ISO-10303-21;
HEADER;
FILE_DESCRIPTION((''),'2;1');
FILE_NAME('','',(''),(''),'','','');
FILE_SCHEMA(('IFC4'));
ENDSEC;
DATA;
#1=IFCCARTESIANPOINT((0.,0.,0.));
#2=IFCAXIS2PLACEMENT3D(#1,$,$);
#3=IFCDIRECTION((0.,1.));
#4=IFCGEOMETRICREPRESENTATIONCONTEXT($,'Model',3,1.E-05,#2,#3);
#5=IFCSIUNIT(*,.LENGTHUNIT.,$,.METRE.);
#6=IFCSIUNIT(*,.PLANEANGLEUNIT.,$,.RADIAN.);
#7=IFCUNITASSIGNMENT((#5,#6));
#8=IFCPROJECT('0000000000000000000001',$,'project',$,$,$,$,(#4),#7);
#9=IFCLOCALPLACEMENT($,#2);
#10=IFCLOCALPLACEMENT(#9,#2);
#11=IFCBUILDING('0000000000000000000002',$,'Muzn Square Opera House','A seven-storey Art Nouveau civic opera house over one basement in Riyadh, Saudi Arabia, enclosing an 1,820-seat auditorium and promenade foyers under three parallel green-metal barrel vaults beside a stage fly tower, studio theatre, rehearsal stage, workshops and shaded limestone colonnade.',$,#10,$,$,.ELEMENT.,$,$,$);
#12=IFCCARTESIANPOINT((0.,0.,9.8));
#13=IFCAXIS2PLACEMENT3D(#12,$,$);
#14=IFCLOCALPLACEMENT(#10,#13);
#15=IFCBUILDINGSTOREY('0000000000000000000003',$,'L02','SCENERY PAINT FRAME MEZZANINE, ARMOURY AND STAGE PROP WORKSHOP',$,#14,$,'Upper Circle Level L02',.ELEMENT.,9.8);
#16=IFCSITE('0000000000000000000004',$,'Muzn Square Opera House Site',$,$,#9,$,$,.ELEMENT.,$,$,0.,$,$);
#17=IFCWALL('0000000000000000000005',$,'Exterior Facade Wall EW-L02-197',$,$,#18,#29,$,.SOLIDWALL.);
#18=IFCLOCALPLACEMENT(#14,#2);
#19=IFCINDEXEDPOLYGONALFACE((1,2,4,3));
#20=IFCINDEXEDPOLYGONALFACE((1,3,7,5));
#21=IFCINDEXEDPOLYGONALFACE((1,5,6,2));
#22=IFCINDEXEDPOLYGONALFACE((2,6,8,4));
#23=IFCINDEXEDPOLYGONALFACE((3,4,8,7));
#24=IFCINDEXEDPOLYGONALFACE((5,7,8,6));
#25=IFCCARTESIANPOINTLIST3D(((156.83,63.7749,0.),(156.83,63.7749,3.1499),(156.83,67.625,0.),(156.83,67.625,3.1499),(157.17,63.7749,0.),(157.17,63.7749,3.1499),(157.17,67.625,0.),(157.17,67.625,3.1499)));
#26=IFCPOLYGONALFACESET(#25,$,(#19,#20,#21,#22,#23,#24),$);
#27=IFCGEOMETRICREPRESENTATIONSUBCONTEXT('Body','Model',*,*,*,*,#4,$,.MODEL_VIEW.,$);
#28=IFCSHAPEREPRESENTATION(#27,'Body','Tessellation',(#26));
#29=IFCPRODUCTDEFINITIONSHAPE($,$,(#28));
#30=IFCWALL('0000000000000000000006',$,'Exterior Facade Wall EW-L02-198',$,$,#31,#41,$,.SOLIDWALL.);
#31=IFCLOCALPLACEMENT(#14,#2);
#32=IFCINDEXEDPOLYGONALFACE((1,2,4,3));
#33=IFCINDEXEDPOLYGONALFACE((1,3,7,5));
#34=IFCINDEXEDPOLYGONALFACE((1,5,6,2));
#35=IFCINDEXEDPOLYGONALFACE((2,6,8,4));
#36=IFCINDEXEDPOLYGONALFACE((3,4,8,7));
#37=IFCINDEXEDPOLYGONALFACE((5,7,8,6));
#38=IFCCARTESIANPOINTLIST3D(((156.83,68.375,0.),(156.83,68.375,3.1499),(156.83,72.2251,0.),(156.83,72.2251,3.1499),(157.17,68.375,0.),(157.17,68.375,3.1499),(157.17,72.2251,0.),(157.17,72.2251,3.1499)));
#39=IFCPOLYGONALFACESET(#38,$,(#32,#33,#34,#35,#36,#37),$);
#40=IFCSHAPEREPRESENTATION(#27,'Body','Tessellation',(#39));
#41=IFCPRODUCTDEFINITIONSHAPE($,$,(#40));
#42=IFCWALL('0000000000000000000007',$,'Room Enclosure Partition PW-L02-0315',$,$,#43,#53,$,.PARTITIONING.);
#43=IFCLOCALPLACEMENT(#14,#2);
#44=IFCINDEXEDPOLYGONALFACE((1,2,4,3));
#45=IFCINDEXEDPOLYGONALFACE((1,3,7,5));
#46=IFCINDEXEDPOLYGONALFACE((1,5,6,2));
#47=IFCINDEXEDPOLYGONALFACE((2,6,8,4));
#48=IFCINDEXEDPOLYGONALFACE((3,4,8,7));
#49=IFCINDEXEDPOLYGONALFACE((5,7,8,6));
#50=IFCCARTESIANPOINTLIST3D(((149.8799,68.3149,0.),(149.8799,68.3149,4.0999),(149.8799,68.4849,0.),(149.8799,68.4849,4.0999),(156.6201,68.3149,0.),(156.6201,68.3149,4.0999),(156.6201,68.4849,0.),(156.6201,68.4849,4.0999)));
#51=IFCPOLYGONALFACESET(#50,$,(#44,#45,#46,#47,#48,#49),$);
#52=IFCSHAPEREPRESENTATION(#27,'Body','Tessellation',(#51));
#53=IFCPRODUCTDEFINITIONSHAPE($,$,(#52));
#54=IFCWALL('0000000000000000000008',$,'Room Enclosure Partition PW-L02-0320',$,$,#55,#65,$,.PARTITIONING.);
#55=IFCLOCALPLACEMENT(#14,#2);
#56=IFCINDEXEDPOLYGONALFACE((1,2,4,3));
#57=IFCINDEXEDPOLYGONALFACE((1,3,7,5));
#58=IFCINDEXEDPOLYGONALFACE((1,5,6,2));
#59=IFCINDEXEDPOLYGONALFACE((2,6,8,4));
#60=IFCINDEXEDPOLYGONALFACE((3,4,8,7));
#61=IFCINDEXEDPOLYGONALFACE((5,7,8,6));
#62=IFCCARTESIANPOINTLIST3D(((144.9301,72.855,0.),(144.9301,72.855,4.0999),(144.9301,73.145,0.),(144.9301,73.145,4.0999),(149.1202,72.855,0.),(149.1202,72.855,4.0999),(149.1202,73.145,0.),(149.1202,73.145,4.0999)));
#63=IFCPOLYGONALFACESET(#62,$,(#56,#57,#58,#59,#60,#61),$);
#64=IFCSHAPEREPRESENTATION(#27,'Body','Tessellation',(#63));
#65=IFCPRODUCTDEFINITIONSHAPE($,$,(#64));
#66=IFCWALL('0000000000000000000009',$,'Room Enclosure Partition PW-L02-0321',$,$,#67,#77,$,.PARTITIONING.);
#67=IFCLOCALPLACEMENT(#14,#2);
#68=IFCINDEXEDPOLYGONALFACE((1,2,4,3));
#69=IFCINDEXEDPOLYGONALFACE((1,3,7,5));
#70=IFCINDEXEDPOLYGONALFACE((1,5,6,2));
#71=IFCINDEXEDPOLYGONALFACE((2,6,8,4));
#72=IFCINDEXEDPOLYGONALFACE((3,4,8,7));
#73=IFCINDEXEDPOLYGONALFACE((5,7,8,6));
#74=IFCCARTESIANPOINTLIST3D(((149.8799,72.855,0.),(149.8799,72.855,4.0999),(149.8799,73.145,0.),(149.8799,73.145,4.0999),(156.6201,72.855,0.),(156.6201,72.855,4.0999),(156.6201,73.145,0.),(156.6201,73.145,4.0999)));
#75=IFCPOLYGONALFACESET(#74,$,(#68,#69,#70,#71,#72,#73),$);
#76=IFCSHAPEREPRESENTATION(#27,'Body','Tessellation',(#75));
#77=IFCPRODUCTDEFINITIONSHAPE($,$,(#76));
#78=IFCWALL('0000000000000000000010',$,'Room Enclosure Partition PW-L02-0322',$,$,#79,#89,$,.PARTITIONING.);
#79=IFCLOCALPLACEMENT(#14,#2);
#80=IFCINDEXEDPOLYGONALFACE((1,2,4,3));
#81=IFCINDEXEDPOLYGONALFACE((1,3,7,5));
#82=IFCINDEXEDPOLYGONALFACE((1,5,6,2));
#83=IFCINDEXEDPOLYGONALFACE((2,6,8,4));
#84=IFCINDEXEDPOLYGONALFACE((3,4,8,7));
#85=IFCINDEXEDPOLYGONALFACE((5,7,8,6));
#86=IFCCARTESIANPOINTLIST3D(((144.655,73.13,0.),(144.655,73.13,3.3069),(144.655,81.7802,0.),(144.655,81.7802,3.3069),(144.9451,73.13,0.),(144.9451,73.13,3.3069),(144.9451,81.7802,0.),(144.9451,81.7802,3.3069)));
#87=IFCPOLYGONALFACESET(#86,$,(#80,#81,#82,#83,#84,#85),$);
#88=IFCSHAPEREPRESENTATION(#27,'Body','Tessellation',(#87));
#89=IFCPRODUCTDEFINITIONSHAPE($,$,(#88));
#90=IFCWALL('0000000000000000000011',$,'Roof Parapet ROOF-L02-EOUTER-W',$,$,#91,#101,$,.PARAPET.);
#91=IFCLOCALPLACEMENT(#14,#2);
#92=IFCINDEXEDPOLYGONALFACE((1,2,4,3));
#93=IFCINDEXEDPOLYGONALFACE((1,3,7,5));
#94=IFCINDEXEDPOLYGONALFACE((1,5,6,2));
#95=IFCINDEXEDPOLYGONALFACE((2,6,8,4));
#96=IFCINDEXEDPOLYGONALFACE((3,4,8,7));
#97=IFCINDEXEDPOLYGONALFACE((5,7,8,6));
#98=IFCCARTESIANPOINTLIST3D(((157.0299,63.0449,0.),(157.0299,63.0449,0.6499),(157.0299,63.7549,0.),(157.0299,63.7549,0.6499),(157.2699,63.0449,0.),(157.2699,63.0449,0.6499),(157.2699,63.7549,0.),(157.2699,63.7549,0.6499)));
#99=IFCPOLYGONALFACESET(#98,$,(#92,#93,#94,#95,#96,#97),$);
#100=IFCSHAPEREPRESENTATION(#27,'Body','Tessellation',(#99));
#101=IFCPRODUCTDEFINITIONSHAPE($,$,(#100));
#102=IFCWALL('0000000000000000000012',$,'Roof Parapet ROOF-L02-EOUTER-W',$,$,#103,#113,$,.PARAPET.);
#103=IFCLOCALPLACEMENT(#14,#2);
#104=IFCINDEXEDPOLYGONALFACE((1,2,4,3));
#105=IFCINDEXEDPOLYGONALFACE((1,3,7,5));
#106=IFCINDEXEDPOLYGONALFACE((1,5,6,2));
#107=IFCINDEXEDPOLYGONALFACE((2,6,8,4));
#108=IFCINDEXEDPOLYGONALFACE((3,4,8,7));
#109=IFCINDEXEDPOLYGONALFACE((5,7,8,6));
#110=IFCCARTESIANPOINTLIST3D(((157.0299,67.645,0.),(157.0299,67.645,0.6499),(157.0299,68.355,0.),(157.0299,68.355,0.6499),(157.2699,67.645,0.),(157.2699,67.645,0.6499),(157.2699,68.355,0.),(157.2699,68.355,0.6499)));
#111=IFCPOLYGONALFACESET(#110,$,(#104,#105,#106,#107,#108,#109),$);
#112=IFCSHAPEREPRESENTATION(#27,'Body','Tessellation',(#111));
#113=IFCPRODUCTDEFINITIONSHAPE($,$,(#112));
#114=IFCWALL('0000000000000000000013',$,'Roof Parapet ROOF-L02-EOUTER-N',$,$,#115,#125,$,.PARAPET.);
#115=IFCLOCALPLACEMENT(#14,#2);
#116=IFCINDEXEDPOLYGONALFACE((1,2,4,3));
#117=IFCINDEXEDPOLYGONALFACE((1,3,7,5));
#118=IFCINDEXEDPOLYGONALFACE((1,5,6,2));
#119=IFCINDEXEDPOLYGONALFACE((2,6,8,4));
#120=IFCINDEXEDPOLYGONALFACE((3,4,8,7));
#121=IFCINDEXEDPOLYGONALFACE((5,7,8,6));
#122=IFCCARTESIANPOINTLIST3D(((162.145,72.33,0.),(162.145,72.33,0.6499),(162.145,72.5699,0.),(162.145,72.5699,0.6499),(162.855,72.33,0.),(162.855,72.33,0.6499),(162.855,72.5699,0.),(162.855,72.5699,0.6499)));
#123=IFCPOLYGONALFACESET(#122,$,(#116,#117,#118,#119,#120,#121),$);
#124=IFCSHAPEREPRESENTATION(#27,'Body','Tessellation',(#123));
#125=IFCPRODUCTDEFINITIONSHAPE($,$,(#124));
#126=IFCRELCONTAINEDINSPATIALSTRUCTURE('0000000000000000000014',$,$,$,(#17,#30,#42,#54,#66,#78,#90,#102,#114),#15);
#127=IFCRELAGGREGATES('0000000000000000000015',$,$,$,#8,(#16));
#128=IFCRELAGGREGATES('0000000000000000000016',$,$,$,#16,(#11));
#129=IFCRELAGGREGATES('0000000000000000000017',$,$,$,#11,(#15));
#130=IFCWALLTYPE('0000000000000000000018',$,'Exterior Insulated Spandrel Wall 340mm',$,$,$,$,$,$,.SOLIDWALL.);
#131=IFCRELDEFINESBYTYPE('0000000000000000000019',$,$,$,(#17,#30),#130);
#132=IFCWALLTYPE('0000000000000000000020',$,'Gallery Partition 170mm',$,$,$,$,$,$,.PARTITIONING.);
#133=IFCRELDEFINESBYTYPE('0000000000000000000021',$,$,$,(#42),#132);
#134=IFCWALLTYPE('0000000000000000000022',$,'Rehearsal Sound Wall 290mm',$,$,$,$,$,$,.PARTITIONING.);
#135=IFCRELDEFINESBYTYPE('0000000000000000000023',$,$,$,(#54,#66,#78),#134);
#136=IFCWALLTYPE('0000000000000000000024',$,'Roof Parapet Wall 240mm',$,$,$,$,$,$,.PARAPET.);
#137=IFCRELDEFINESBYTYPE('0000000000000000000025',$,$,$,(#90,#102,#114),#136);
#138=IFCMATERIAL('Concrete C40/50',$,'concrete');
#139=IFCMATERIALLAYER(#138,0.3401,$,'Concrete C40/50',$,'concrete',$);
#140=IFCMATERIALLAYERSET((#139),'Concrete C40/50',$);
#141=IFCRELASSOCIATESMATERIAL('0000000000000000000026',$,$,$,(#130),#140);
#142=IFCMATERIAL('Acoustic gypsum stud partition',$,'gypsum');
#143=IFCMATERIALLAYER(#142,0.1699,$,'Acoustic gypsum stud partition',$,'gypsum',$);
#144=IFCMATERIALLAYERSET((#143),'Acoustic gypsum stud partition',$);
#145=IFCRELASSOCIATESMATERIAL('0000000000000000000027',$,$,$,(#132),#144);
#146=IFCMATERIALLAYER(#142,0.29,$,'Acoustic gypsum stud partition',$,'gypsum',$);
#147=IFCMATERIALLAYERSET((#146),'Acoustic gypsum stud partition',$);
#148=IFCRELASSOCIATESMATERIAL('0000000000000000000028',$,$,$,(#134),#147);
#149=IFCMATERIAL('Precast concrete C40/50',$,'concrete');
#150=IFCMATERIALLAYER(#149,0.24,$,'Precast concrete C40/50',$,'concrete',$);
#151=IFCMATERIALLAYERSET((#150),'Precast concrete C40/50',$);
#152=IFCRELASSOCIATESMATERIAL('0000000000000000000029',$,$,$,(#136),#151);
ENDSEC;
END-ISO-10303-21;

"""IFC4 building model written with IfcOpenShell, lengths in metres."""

from ifc_helpers import new_model, si_unit, direction, frame, frame_2d, origin, place, context, subcontext, project, spatial, rectangle, extrude, material, layer, layer_set, type_object, element, save


model = new_model("IFC4")

# Units and contexts
model_context = context("Model", 3, precision=1e-05, world=origin(), true_north=direction((0.0, 1.0)))
body_context = subcontext(model_context, "Body", "Model", "MODEL_VIEW")
ifc_project = project(units=[si_unit("LENGTHUNIT", "METRE"), si_unit("PLANEANGLEUNIT", "RADIAN")], contexts=[model_context])

# Site, building, storey
site_placement = place(None, origin())
site = spatial("IfcSite", under=ifc_project, at=site_placement, Name="Muzn Square Opera House Site", CompositionType="ELEMENT", RefElevation=0.0)
building_placement = place(site_placement, origin())
building = spatial("IfcBuilding", under=site, at=building_placement, Name="Muzn Square Opera House", Description="A seven-storey Art Nouveau civic opera house over one basement in Riyadh, Saudi Arabia, enclosing an 1,820-seat auditorium and promenade foyers under three parallel green-metal barrel vaults beside a stage fly tower, studio theatre, rehearsal stage, workshops and shaded limestone colonnade.", CompositionType="ELEMENT")
storey_placement = place(building_placement, frame((0.0, 0.0, 9.8)))
storey = spatial("IfcBuildingStorey", under=building, at=storey_placement, Name="L02", Description="SCENERY PAINT FRAME MEZZANINE, ARMOURY AND STAGE PROP WORKSHOP", LongName="Upper Circle Level L02", CompositionType="ELEMENT", Elevation=9.8)

# Shared definitions
ifc_material_1 = material(Name="Concrete C40/50", Category="concrete")

# Walls
ifc_layer_1 = layer(ifc_material_1, 0.3401, Name="Concrete C40/50", Category="concrete")
ifc_layer_set_1 = layer_set([ifc_layer_1], Name="Concrete C40/50")
wall_type_1 = type_object("IfcWallType", Name="Exterior Insulated Spandrel Wall 340mm", PredefinedType="SOLIDWALL", material=ifc_layer_set_1)
for number, where, z_axis, x_axis, name in (
    (1, (157.0, 63.7749, 0.0), (0.0, 0.0, 1.0), (0.0, 1.0, 0.0), "Exterior Facade Wall EW-L02-197"),
    (2, (157.0, 68.375, 0.0), (0.0, 0.0, 1.0), (0.0, 1.0, 0.0), "Exterior Facade Wall EW-L02-198"),
):
    element("IfcWall", number, at=place(storey_placement, frame(where, z_axis=z_axis, x_axis=x_axis)), inside=storey, type_object=wall_type_1, Name=name, PredefinedType="SOLIDWALL", context=body_context, shape_type="SweptSolid", body=[
        extrude(rectangle(XDim=3.8501, YDim=0.3401, at=frame_2d((1.925, 0.0))), origin(), (0.0, 0.0, 1.0), 3.1499),
    ])
ifc_material_2 = material(Name="Acoustic gypsum stud partition", Category="gypsum")
ifc_layer_2 = layer(ifc_material_2, 0.1699, Name="Acoustic gypsum stud partition", Category="gypsum")
ifc_layer_set_2 = layer_set([ifc_layer_2], Name="Acoustic gypsum stud partition")
wall_type_2 = type_object("IfcWallType", Name="Gallery Partition 170mm", PredefinedType="PARTITIONING", material=ifc_layer_set_2)
wall_1_placement = place(storey_placement, frame((149.8799, 68.3999, 0.0), z_axis=(0.0, 0.0, 1.0), x_axis=(1.0, 0.0, 0.0)))
element("IfcWall", 3, at=wall_1_placement, inside=storey, type_object=wall_type_2, Name="Room Enclosure Partition PW-L02-0315", PredefinedType="PARTITIONING", context=body_context, shape_type="SweptSolid", body=[
    extrude(rectangle(XDim=6.7402, YDim=0.1699, at=frame_2d((3.3701, 0.0))), origin(), (0.0, 0.0, 1.0), 4.0999),
])
ifc_layer_3 = layer(ifc_material_2, 0.29, Name="Acoustic gypsum stud partition", Category="gypsum")
ifc_layer_set_3 = layer_set([ifc_layer_3], Name="Acoustic gypsum stud partition")
wall_type_3 = type_object("IfcWallType", Name="Rehearsal Sound Wall 290mm", PredefinedType="PARTITIONING", material=ifc_layer_set_3)
wall_2_placement = place(storey_placement, frame((144.9299, 73.0, 0.0), z_axis=(0.0, 0.0, 1.0), x_axis=(1.0, 0.0, 0.0)))
element("IfcWall", 4, at=wall_2_placement, inside=storey, type_object=wall_type_3, Name="Room Enclosure Partition PW-L02-0320", PredefinedType="PARTITIONING", context=body_context, shape_type="SweptSolid", body=[
    extrude(rectangle(XDim=4.1902, YDim=0.29, at=frame_2d((2.0952, 0.0))), origin(), (0.0, 0.0, 1.0), 4.0999),
])
wall_3_placement = place(storey_placement, frame((149.8799, 73.0, 0.0), z_axis=(0.0, 0.0, 1.0), x_axis=(1.0, 0.0, 0.0)))
element("IfcWall", 5, at=wall_3_placement, inside=storey, type_object=wall_type_3, Name="Room Enclosure Partition PW-L02-0321", PredefinedType="PARTITIONING", context=body_context, shape_type="SweptSolid", body=[
    extrude(rectangle(XDim=6.7402, YDim=0.29, at=frame_2d((3.3701, 0.0))), origin(), (0.0, 0.0, 1.0), 4.0999),
])
wall_4_placement = place(storey_placement, frame((144.8, 73.1299, 0.0), z_axis=(0.0, 0.0, 1.0), x_axis=(0.0, 1.0, 0.0)))
element("IfcWall", 6, at=wall_4_placement, inside=storey, type_object=wall_type_3, Name="Room Enclosure Partition PW-L02-0322", PredefinedType="PARTITIONING", context=body_context, shape_type="SweptSolid", body=[
    extrude(rectangle(XDim=8.6501, YDim=0.29, at=frame_2d((4.3252, 0.0))), origin(), (0.0, 0.0, 1.0), 3.3069),
])
ifc_material_3 = material(Name="Precast concrete C40/50", Category="concrete")
ifc_layer_4 = layer(ifc_material_3, 0.24, Name="Precast concrete C40/50", Category="concrete")
ifc_layer_set_4 = layer_set([ifc_layer_4], Name="Precast concrete C40/50")
wall_type_4 = type_object("IfcWallType", Name="Roof Parapet Wall 240mm", PredefinedType="PARAPET", material=ifc_layer_set_4)
for number, where, z_axis, x_axis, name in (
    (7, (157.1499, 63.0449, 0.0), (0.0, 0.0, 1.0), (0.0, 1.0, 0.0), "Roof Parapet ROOF-L02-EOUTER-W"),
    (8, (157.1499, 67.645, 0.0), (0.0, 0.0, 1.0), (0.0, 1.0, 0.0), "Roof Parapet ROOF-L02-EOUTER-W"),
    (9, (162.145, 72.45, 0.0), (0.0, 0.0, 1.0), (1.0, 0.0, 0.0), "Roof Parapet ROOF-L02-EOUTER-N"),
):
    element("IfcWall", number, at=place(storey_placement, frame(where, z_axis=z_axis, x_axis=x_axis)), inside=storey, type_object=wall_type_4, Name=name, PredefinedType="PARAPET", context=body_context, shape_type="SweptSolid", body=[
        extrude(rectangle(XDim=0.71, YDim=0.24, at=frame_2d((0.355, 0.0))), origin(), (0.0, 0.0, 1.0), 0.6499),
    ])

save(model, "model.ifc")
